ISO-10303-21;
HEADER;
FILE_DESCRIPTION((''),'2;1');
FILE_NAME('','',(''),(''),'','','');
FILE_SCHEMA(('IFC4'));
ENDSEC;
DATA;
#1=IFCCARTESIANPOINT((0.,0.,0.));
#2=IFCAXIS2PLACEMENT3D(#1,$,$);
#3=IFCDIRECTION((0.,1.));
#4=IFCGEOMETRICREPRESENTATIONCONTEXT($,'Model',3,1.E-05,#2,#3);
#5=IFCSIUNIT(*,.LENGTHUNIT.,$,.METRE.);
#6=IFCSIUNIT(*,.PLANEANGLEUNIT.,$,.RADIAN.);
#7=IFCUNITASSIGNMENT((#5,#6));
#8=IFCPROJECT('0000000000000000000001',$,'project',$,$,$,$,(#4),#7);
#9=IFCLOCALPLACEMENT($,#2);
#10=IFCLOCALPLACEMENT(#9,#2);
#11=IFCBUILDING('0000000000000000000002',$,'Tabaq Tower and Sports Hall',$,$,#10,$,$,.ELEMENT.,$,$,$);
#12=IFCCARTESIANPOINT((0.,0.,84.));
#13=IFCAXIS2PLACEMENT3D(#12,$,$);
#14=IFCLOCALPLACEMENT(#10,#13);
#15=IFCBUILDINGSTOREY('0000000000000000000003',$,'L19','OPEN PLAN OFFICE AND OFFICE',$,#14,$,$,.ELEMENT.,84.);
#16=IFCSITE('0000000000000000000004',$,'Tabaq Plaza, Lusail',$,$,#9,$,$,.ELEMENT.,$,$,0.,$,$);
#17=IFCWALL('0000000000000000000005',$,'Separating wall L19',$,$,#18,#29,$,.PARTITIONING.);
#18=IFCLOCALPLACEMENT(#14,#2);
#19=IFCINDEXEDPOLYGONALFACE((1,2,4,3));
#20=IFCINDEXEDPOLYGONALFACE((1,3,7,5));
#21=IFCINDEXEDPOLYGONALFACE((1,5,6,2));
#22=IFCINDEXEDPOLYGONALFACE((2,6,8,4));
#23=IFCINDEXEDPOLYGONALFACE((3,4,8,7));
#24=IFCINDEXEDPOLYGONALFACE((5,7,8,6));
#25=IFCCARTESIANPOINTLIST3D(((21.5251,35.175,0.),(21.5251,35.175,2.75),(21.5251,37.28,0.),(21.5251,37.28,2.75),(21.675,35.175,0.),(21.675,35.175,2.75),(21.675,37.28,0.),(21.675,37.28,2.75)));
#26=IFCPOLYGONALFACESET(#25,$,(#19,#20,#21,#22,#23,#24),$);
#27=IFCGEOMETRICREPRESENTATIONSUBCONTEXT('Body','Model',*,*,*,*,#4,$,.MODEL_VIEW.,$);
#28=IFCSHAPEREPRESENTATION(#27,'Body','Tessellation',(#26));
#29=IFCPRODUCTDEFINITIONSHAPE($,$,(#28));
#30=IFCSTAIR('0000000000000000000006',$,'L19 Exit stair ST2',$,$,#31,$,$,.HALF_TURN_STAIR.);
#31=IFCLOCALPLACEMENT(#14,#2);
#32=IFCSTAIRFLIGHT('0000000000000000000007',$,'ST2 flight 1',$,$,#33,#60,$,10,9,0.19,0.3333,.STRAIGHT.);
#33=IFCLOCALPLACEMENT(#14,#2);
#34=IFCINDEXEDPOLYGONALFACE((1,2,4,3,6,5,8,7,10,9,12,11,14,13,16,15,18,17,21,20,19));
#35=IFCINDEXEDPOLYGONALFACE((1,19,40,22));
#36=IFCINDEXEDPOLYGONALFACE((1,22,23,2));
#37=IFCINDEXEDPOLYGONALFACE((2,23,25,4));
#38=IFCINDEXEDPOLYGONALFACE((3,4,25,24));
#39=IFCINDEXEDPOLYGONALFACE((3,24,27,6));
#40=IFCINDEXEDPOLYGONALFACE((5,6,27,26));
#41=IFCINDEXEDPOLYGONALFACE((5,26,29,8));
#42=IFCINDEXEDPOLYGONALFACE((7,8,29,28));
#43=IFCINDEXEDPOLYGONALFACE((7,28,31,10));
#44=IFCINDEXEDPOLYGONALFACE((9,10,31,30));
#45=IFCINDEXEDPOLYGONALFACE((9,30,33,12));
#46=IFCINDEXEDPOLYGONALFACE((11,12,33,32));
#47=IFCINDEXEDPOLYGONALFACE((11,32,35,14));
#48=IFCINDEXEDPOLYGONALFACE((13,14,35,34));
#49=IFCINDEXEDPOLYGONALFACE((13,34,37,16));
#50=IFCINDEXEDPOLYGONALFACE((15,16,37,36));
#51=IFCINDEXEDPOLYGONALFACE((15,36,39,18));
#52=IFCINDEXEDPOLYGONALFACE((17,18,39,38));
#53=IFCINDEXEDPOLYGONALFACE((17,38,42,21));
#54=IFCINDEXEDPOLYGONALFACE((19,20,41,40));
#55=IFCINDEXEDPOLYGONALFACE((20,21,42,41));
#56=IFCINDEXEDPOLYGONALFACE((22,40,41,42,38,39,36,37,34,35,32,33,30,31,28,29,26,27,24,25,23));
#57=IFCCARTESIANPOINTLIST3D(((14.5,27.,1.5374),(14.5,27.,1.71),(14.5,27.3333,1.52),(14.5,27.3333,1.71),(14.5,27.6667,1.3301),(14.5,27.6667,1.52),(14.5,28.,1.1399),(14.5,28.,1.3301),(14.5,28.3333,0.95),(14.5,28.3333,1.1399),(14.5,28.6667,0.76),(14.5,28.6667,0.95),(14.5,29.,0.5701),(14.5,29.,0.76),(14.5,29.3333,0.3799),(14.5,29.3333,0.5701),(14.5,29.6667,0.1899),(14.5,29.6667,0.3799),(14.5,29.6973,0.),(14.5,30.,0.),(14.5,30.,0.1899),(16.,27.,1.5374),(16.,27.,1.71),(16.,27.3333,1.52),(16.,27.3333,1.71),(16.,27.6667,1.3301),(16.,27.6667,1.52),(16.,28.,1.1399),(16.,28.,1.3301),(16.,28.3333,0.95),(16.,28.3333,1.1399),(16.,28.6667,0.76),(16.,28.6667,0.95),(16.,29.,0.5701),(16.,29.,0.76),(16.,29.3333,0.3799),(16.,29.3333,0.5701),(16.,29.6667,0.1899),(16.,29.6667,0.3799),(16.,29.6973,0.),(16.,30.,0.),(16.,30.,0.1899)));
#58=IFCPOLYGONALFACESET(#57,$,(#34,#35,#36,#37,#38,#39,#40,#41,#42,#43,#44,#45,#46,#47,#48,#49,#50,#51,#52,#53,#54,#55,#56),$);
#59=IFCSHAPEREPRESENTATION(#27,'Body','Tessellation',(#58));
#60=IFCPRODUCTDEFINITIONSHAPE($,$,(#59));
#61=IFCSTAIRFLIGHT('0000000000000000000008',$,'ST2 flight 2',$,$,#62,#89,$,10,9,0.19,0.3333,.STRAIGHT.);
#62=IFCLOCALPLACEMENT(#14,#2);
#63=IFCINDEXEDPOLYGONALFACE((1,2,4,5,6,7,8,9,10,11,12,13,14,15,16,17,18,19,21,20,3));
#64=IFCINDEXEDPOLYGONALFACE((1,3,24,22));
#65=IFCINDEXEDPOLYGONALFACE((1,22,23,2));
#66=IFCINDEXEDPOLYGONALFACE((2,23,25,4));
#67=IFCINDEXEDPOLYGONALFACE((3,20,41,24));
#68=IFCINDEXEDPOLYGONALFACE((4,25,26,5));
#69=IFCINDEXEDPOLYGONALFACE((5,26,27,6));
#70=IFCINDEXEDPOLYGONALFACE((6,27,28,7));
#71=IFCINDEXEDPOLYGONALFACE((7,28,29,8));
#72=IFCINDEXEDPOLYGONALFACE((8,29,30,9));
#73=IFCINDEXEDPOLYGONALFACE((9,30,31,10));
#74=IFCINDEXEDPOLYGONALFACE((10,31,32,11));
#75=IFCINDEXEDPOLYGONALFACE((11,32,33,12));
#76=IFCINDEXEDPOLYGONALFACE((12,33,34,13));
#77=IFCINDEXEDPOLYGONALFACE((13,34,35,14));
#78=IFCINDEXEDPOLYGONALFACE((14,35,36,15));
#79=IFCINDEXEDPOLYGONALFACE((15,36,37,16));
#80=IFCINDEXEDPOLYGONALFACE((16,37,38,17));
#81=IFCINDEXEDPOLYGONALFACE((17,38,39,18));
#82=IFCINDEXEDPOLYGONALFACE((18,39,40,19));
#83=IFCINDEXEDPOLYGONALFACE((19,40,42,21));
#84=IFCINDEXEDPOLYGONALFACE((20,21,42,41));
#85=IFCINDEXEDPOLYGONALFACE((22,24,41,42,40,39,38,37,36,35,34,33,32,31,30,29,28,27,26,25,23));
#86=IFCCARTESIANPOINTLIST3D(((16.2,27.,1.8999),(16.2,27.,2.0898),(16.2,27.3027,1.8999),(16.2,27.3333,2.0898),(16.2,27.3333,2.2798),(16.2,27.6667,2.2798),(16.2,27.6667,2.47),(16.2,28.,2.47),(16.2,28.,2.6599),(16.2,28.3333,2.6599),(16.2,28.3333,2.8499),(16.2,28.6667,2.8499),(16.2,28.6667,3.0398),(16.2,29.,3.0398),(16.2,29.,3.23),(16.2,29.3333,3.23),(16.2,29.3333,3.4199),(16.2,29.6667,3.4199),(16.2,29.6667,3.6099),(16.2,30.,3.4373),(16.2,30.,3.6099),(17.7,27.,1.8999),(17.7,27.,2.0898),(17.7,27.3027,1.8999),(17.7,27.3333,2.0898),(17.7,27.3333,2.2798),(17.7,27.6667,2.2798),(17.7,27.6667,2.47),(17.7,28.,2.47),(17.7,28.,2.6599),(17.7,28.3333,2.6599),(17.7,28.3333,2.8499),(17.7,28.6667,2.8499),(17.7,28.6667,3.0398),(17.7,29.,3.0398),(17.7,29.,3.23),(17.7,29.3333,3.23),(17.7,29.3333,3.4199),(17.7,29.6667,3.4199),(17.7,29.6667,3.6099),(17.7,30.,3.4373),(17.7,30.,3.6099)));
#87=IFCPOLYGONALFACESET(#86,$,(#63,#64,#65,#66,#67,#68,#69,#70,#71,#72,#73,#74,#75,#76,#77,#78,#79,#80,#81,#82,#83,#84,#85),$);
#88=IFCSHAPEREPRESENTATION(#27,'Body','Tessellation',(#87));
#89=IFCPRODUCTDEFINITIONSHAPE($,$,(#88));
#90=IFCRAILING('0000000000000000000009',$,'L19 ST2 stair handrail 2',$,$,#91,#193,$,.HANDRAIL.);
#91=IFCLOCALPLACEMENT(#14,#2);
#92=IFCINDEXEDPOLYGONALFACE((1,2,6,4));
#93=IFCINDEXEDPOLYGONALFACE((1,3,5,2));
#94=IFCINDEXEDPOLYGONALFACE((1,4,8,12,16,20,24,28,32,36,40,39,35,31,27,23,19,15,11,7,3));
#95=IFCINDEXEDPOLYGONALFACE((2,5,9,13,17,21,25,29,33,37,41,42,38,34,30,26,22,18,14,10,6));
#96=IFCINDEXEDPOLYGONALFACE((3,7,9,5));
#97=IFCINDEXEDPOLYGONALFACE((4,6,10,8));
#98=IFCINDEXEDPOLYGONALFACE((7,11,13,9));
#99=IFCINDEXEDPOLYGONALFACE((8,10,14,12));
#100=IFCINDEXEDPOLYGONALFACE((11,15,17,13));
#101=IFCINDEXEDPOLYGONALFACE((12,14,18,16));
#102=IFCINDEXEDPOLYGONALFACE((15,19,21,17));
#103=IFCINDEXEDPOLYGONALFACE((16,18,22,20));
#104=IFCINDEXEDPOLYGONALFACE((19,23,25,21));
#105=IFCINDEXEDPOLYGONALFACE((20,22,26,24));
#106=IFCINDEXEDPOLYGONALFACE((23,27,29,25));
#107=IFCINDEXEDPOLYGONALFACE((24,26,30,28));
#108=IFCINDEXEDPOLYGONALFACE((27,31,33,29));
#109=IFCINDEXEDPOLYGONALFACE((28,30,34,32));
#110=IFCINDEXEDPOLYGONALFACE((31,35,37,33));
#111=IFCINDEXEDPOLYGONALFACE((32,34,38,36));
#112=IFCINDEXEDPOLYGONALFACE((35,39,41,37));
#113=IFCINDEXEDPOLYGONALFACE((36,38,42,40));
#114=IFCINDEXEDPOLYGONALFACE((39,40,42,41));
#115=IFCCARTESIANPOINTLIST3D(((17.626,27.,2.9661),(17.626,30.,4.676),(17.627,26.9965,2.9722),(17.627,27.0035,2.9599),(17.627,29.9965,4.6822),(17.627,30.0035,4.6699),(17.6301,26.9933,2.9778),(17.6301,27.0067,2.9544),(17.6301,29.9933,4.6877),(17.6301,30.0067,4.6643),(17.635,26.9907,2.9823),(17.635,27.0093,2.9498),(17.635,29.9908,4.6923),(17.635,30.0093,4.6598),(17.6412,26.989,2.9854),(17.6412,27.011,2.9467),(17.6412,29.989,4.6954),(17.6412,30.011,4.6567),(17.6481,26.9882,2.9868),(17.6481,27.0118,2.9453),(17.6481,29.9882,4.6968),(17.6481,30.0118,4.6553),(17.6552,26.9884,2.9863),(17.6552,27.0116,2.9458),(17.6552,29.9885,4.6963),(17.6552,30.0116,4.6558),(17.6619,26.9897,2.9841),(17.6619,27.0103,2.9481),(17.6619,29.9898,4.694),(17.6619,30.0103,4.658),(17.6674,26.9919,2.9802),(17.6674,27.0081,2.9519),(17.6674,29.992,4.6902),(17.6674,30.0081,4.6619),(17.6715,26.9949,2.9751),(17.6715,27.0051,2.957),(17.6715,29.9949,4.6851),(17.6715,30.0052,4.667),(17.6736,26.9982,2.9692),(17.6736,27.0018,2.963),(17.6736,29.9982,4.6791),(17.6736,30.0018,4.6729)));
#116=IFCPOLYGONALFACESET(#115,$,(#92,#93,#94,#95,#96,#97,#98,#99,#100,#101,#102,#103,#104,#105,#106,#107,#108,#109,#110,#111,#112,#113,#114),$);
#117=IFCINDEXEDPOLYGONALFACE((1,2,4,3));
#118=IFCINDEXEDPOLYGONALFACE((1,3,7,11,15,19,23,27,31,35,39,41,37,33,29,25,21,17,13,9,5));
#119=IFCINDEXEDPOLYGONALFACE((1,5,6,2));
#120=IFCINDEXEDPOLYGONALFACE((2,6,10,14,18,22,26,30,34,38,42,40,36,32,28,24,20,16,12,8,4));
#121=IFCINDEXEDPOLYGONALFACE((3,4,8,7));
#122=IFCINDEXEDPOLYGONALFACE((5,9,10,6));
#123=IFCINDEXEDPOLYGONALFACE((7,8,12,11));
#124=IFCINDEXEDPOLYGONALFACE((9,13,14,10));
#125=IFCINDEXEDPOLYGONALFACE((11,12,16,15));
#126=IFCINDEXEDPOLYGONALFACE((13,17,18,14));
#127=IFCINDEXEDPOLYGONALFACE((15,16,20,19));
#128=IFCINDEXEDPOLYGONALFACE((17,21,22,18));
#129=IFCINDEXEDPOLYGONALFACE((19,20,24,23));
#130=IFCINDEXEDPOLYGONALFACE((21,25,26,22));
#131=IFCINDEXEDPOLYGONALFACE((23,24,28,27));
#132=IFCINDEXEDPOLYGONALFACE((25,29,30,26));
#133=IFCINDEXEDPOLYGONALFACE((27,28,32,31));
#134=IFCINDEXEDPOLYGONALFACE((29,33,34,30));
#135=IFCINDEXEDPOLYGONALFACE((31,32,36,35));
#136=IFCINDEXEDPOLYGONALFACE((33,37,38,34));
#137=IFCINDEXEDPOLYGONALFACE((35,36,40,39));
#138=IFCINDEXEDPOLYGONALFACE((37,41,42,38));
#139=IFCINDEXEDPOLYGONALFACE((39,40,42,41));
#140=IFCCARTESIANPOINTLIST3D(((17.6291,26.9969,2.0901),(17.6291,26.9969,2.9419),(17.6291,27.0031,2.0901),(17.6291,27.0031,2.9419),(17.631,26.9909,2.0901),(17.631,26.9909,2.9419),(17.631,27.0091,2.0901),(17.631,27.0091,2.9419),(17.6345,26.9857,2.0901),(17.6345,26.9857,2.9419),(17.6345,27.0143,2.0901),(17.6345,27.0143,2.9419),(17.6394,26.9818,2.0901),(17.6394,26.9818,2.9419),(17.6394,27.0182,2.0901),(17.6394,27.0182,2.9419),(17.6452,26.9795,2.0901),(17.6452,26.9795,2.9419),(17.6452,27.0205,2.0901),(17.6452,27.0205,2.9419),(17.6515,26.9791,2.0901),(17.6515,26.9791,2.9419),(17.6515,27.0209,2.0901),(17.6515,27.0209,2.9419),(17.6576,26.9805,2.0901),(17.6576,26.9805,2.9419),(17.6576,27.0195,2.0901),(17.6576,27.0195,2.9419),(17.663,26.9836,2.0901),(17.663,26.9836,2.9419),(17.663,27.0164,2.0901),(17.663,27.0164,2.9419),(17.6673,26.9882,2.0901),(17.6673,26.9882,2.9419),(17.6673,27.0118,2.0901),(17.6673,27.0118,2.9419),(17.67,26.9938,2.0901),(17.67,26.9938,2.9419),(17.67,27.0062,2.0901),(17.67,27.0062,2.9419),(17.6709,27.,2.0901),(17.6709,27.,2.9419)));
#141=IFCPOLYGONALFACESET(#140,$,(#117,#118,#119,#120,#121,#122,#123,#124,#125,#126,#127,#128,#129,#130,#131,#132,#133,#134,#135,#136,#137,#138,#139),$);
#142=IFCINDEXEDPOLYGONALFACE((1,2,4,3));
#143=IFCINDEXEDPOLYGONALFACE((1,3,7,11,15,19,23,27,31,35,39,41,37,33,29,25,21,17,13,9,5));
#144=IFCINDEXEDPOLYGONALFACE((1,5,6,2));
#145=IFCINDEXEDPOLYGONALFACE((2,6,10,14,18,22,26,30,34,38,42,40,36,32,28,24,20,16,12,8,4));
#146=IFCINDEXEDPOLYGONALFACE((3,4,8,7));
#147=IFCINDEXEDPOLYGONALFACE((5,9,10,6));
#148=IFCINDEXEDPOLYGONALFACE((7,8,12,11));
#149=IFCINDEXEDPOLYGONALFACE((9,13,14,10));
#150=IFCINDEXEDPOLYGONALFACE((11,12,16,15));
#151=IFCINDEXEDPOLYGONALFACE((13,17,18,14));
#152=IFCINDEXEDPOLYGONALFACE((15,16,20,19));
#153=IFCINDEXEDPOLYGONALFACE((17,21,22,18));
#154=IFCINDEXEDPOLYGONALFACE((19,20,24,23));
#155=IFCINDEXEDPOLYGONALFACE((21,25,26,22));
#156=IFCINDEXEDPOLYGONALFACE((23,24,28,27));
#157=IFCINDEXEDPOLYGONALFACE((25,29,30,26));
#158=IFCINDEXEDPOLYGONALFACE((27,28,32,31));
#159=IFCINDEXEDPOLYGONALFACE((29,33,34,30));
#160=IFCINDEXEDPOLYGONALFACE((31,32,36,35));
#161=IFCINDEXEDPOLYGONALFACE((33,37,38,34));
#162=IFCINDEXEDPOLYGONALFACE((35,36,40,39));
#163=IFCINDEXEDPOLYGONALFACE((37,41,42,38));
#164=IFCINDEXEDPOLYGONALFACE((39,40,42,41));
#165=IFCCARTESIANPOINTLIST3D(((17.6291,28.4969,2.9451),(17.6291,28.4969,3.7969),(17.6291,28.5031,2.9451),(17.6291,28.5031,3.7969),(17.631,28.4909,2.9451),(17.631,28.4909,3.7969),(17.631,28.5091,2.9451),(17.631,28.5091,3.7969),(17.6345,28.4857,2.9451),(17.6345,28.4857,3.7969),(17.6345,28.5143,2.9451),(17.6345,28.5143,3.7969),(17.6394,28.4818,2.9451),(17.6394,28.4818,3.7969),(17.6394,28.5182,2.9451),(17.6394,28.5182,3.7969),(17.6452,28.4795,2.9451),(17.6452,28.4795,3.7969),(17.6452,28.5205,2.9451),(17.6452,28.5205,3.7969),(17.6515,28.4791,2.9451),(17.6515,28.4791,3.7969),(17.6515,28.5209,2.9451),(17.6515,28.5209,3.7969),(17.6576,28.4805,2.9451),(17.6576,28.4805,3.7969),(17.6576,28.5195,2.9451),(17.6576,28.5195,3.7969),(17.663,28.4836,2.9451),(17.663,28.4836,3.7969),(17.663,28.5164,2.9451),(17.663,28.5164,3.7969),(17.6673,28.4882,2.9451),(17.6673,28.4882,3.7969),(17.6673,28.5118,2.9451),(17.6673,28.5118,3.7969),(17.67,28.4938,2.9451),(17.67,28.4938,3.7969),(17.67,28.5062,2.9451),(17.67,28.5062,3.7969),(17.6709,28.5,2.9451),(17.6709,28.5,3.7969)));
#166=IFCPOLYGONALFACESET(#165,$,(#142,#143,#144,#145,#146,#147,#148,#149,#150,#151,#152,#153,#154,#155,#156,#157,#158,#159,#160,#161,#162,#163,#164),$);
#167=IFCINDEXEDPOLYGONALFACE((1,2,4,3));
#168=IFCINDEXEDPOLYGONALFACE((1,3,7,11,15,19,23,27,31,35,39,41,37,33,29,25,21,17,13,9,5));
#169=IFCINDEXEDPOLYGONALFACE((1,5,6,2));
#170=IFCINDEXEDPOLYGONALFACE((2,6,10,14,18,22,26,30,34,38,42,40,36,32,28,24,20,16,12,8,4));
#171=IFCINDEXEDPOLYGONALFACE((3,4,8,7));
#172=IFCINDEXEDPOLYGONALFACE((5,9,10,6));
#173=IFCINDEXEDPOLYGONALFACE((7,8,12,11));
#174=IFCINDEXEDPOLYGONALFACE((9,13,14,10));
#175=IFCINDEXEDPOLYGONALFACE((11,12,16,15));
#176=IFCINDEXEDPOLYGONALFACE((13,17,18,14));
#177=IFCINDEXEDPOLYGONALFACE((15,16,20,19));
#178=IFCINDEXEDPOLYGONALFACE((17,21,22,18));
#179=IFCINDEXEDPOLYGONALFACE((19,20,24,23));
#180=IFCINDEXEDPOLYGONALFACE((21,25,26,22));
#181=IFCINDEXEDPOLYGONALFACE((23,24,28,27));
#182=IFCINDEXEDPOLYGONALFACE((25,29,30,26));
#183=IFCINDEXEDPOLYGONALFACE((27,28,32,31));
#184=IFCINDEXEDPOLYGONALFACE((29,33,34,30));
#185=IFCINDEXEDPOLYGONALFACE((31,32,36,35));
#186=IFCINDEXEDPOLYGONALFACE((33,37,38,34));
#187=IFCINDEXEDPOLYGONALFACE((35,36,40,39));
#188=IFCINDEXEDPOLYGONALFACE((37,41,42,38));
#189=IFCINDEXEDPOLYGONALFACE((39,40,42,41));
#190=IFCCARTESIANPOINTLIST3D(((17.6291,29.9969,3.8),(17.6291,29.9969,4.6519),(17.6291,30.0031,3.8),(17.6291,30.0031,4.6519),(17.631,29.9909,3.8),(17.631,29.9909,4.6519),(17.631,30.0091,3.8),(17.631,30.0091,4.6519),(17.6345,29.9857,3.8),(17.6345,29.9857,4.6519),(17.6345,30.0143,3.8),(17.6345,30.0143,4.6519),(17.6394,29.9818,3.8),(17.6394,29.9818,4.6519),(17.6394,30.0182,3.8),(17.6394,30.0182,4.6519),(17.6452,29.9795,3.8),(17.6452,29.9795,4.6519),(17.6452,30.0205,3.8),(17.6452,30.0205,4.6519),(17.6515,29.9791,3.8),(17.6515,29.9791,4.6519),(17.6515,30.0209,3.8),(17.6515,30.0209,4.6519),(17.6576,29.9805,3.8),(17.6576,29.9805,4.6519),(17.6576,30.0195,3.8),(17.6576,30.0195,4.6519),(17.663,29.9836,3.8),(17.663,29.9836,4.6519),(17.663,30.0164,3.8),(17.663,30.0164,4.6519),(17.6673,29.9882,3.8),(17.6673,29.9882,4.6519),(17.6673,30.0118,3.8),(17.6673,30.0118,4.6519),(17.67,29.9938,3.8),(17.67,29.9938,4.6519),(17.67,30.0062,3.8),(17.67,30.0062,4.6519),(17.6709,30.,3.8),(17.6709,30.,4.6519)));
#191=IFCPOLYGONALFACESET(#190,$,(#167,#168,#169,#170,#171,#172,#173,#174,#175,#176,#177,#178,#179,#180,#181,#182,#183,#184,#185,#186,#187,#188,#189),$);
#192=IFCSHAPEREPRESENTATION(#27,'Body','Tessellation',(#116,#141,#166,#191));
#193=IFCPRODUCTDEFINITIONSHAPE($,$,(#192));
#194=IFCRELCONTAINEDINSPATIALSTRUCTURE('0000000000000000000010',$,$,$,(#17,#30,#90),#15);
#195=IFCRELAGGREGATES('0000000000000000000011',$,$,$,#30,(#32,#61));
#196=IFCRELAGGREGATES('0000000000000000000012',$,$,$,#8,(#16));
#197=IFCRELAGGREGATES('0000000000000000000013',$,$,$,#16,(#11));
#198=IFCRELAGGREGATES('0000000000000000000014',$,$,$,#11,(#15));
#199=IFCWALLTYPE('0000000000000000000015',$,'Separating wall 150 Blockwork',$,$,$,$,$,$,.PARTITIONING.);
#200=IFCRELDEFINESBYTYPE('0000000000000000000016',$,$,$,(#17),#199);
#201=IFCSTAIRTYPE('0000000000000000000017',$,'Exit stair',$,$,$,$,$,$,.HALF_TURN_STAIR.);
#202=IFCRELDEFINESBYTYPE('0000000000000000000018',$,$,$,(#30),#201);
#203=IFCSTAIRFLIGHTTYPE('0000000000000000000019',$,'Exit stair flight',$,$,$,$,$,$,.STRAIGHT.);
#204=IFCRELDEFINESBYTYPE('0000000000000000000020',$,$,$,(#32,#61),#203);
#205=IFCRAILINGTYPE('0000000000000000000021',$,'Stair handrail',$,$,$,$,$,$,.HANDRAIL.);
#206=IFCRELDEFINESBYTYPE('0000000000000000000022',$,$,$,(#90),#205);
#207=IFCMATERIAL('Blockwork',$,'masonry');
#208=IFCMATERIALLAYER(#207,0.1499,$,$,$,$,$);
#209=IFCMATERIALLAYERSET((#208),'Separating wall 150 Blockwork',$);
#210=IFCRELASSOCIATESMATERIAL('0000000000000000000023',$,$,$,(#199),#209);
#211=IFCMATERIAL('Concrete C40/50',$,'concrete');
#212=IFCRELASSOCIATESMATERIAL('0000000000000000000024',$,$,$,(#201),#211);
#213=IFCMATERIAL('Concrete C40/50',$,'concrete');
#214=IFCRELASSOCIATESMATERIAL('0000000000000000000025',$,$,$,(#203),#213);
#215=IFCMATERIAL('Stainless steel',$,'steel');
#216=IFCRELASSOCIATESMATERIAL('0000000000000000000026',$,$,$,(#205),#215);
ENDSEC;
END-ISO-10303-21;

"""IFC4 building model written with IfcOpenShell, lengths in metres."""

from ifc_helpers import new_model, si_unit, direction, frame, frame_2d, origin, origin_2d, place, context, subcontext, project, spatial, polyline, rectangle, circle, outline, extrude, material, layer, layer_set, type_object, element, aggregate, save


model = new_model("IFC4")

# Units and contexts
model_context = context("Model", 3, precision=1e-05, world=origin(), true_north=direction((0.0, 1.0)))
body_context = subcontext(model_context, "Body", "Model", "MODEL_VIEW")
ifc_project = project(units=[si_unit("LENGTHUNIT", "METRE"), si_unit("PLANEANGLEUNIT", "RADIAN")], contexts=[model_context])

# Site, building, storey
site_placement = place(None, origin())
site = spatial("IfcSite", under=ifc_project, at=site_placement, Name="Tabaq Plaza, Lusail", CompositionType="ELEMENT", RefElevation=0.0)
building_placement = place(site_placement, origin())
building = spatial("IfcBuilding", under=site, at=building_placement, Name="Tabaq Tower and Sports Hall", CompositionType="ELEMENT")
storey_placement = place(building_placement, frame((0.0, 0.0, 84.0)))
storey = spatial("IfcBuildingStorey", under=building, at=storey_placement, Name="L19", Description="OPEN PLAN OFFICE AND OFFICE", CompositionType="ELEMENT", Elevation=84.0)

# Wall
ifc_material_1 = material(Name="Blockwork", Category="masonry")
ifc_layer_1 = layer(ifc_material_1, 0.1499)
ifc_layer_set_1 = layer_set([ifc_layer_1], Name="Separating wall 150 Blockwork")
wall_type_1 = type_object("IfcWallType", Name="Separating wall 150 Blockwork", PredefinedType="PARTITIONING", material=ifc_layer_set_1)
wall_1_placement = place(storey_placement, frame((21.6001, 35.175, 0.0), z_axis=(0.0, 0.0, 1.0), x_axis=(0.0, 1.0, 0.0)))
element("IfcWall", 1, at=wall_1_placement, inside=storey, type_object=wall_type_1, Name="Separating wall L19", PredefinedType="PARTITIONING", context=body_context, shape_type="SweptSolid", body=[
    extrude(rectangle(XDim=2.105, YDim=0.1499, at=frame_2d((1.0525, 0.0))), origin(), (0.0, 0.0, 1.0), 2.75),
])

# Stair, stair flights
ifc_material_2 = material(Name="Concrete C40/50", Category="concrete")
stair_type = type_object("IfcStairType", Name="Exit stair", PredefinedType="HALF_TURN_STAIR", material=ifc_material_2)
stair_placement = place(storey_placement, origin())
stair = element("IfcStair", 2, at=stair_placement, inside=storey, type_object=stair_type, Name="L19 Exit stair ST2", PredefinedType="HALF_TURN_STAIR")
ifc_material_3 = material(Name="Concrete C40/50", Category="concrete")
stair_flight_type = type_object("IfcStairFlightType", Name="Exit stair flight", PredefinedType="STRAIGHT", material=ifc_material_3)
stair_flight_1_placement = place(storey_placement, frame((15.25, 30.0, 0.0), z_axis=(0.0, 0.0, 1.0), x_axis=(0.0, -1.0, 0.0)))
stair_flight_1 = element("IfcStairFlight", 3, at=stair_flight_1_placement, type_object=stair_flight_type, Name="ST2 flight 1", NumberOfRisers=10, NumberOfTreads=9, PredefinedType="STRAIGHT", RiserHeight=0.19, TreadLength=0.3333, context=body_context, shape_type="SweptSolid", body=[
    extrude(outline(polyline([(0.0, 0.0), (0.0, 0.1899), (0.3333, 0.1899), (0.3333, 0.3799), (0.6667, 0.3799), (0.6667, 0.5701), (1.0, 0.5701), (1.0, 0.76), (1.3333, 0.76), (1.3333, 0.95), (1.6667, 0.95), (1.6667, 1.1399), (2.0, 1.1399), (2.0, 1.3301), (2.3333, 1.3301), (2.3333, 1.52), (2.6667, 1.52), (2.6667, 1.71), (3.0, 1.71), (3.0, 1.8999), (3.0, 1.5374), (0.3027, 0.0), (0.0, 0.0)])), frame((0.0, 0.75, 0.0), z_axis=(0.0, -1.0, 0.0), x_axis=(1.0, 0.0, 0.0)), (0.0, 0.0, 1.0), 1.5),
])
stair_flight_2_placement = place(storey_placement, frame((16.95, 27.0, 1.8999), z_axis=(0.0, 0.0, 1.0), x_axis=(0.0, 1.0, 0.0)))
stair_flight_2 = element("IfcStairFlight", 4, at=stair_flight_2_placement, type_object=stair_flight_type, Name="ST2 flight 2", NumberOfRisers=10, NumberOfTreads=9, PredefinedType="STRAIGHT", RiserHeight=0.19, TreadLength=0.3333, context=body_context, shape_type="SweptSolid", body=[
    extrude(outline(polyline([(0.0, 0.0), (0.0, 0.1899), (0.3333, 0.1899), (0.3333, 0.3799), (0.6667, 0.3799), (0.6667, 0.5701), (1.0, 0.5701), (1.0, 0.76), (1.3333, 0.76), (1.3333, 0.95), (1.6667, 0.95), (1.6667, 1.1399), (2.0, 1.1399), (2.0, 1.3301), (2.3333, 1.3301), (2.3333, 1.52), (2.6667, 1.52), (2.6667, 1.71), (3.0, 1.71), (3.0, 1.8999), (3.0, 1.5374), (0.3027, 0.0), (0.0, 0.0)])), frame((0.0, 0.75, 0.0), z_axis=(0.0, -1.0, 0.0), x_axis=(1.0, 0.0, 0.0)), (0.0, 0.0, 1.0), 1.5),
])
aggregate(stair, [stair_flight_1, stair_flight_2])

# Railing
ifc_material_4 = material(Name="Stainless steel", Category="steel")
railing_type_1 = type_object("IfcRailingType", Name="Stair handrail", PredefinedType="HANDRAIL", material=ifc_material_4)
railing_1_placement = place(storey_placement, frame((17.6499, 27.0, 2.0901)))
element("IfcRailing", 5, at=railing_1_placement, inside=storey, type_object=railing_type_1, Name="L19 ST2 stair handrail 2", PredefinedType="HANDRAIL", context=body_context, shape_type="SweptSolid", body=[
    extrude(circle(Radius=0.0239, at=origin_2d()), frame((0.0, 0.0, 0.876), z_axis=(0.0, 0.868782, 0.495195), x_axis=(-1.0, 0.0, 0.0)), (0.0, 0.0, 1.0), 3.4531),
    extrude(circle(Radius=0.021, at=origin_2d()), origin(), (0.0, 0.0, 1.0), 0.8518),
    extrude(circle(Radius=0.021, at=origin_2d()), frame((0.0, 1.5, 0.855)), (0.0, 0.0, 1.0), 0.8518),
    extrude(circle(Radius=0.021, at=origin_2d()), frame((0.0, 3.0, 1.71)), (0.0, 0.0, 1.0), 0.8518),
])

save(model, "model.ifc")
